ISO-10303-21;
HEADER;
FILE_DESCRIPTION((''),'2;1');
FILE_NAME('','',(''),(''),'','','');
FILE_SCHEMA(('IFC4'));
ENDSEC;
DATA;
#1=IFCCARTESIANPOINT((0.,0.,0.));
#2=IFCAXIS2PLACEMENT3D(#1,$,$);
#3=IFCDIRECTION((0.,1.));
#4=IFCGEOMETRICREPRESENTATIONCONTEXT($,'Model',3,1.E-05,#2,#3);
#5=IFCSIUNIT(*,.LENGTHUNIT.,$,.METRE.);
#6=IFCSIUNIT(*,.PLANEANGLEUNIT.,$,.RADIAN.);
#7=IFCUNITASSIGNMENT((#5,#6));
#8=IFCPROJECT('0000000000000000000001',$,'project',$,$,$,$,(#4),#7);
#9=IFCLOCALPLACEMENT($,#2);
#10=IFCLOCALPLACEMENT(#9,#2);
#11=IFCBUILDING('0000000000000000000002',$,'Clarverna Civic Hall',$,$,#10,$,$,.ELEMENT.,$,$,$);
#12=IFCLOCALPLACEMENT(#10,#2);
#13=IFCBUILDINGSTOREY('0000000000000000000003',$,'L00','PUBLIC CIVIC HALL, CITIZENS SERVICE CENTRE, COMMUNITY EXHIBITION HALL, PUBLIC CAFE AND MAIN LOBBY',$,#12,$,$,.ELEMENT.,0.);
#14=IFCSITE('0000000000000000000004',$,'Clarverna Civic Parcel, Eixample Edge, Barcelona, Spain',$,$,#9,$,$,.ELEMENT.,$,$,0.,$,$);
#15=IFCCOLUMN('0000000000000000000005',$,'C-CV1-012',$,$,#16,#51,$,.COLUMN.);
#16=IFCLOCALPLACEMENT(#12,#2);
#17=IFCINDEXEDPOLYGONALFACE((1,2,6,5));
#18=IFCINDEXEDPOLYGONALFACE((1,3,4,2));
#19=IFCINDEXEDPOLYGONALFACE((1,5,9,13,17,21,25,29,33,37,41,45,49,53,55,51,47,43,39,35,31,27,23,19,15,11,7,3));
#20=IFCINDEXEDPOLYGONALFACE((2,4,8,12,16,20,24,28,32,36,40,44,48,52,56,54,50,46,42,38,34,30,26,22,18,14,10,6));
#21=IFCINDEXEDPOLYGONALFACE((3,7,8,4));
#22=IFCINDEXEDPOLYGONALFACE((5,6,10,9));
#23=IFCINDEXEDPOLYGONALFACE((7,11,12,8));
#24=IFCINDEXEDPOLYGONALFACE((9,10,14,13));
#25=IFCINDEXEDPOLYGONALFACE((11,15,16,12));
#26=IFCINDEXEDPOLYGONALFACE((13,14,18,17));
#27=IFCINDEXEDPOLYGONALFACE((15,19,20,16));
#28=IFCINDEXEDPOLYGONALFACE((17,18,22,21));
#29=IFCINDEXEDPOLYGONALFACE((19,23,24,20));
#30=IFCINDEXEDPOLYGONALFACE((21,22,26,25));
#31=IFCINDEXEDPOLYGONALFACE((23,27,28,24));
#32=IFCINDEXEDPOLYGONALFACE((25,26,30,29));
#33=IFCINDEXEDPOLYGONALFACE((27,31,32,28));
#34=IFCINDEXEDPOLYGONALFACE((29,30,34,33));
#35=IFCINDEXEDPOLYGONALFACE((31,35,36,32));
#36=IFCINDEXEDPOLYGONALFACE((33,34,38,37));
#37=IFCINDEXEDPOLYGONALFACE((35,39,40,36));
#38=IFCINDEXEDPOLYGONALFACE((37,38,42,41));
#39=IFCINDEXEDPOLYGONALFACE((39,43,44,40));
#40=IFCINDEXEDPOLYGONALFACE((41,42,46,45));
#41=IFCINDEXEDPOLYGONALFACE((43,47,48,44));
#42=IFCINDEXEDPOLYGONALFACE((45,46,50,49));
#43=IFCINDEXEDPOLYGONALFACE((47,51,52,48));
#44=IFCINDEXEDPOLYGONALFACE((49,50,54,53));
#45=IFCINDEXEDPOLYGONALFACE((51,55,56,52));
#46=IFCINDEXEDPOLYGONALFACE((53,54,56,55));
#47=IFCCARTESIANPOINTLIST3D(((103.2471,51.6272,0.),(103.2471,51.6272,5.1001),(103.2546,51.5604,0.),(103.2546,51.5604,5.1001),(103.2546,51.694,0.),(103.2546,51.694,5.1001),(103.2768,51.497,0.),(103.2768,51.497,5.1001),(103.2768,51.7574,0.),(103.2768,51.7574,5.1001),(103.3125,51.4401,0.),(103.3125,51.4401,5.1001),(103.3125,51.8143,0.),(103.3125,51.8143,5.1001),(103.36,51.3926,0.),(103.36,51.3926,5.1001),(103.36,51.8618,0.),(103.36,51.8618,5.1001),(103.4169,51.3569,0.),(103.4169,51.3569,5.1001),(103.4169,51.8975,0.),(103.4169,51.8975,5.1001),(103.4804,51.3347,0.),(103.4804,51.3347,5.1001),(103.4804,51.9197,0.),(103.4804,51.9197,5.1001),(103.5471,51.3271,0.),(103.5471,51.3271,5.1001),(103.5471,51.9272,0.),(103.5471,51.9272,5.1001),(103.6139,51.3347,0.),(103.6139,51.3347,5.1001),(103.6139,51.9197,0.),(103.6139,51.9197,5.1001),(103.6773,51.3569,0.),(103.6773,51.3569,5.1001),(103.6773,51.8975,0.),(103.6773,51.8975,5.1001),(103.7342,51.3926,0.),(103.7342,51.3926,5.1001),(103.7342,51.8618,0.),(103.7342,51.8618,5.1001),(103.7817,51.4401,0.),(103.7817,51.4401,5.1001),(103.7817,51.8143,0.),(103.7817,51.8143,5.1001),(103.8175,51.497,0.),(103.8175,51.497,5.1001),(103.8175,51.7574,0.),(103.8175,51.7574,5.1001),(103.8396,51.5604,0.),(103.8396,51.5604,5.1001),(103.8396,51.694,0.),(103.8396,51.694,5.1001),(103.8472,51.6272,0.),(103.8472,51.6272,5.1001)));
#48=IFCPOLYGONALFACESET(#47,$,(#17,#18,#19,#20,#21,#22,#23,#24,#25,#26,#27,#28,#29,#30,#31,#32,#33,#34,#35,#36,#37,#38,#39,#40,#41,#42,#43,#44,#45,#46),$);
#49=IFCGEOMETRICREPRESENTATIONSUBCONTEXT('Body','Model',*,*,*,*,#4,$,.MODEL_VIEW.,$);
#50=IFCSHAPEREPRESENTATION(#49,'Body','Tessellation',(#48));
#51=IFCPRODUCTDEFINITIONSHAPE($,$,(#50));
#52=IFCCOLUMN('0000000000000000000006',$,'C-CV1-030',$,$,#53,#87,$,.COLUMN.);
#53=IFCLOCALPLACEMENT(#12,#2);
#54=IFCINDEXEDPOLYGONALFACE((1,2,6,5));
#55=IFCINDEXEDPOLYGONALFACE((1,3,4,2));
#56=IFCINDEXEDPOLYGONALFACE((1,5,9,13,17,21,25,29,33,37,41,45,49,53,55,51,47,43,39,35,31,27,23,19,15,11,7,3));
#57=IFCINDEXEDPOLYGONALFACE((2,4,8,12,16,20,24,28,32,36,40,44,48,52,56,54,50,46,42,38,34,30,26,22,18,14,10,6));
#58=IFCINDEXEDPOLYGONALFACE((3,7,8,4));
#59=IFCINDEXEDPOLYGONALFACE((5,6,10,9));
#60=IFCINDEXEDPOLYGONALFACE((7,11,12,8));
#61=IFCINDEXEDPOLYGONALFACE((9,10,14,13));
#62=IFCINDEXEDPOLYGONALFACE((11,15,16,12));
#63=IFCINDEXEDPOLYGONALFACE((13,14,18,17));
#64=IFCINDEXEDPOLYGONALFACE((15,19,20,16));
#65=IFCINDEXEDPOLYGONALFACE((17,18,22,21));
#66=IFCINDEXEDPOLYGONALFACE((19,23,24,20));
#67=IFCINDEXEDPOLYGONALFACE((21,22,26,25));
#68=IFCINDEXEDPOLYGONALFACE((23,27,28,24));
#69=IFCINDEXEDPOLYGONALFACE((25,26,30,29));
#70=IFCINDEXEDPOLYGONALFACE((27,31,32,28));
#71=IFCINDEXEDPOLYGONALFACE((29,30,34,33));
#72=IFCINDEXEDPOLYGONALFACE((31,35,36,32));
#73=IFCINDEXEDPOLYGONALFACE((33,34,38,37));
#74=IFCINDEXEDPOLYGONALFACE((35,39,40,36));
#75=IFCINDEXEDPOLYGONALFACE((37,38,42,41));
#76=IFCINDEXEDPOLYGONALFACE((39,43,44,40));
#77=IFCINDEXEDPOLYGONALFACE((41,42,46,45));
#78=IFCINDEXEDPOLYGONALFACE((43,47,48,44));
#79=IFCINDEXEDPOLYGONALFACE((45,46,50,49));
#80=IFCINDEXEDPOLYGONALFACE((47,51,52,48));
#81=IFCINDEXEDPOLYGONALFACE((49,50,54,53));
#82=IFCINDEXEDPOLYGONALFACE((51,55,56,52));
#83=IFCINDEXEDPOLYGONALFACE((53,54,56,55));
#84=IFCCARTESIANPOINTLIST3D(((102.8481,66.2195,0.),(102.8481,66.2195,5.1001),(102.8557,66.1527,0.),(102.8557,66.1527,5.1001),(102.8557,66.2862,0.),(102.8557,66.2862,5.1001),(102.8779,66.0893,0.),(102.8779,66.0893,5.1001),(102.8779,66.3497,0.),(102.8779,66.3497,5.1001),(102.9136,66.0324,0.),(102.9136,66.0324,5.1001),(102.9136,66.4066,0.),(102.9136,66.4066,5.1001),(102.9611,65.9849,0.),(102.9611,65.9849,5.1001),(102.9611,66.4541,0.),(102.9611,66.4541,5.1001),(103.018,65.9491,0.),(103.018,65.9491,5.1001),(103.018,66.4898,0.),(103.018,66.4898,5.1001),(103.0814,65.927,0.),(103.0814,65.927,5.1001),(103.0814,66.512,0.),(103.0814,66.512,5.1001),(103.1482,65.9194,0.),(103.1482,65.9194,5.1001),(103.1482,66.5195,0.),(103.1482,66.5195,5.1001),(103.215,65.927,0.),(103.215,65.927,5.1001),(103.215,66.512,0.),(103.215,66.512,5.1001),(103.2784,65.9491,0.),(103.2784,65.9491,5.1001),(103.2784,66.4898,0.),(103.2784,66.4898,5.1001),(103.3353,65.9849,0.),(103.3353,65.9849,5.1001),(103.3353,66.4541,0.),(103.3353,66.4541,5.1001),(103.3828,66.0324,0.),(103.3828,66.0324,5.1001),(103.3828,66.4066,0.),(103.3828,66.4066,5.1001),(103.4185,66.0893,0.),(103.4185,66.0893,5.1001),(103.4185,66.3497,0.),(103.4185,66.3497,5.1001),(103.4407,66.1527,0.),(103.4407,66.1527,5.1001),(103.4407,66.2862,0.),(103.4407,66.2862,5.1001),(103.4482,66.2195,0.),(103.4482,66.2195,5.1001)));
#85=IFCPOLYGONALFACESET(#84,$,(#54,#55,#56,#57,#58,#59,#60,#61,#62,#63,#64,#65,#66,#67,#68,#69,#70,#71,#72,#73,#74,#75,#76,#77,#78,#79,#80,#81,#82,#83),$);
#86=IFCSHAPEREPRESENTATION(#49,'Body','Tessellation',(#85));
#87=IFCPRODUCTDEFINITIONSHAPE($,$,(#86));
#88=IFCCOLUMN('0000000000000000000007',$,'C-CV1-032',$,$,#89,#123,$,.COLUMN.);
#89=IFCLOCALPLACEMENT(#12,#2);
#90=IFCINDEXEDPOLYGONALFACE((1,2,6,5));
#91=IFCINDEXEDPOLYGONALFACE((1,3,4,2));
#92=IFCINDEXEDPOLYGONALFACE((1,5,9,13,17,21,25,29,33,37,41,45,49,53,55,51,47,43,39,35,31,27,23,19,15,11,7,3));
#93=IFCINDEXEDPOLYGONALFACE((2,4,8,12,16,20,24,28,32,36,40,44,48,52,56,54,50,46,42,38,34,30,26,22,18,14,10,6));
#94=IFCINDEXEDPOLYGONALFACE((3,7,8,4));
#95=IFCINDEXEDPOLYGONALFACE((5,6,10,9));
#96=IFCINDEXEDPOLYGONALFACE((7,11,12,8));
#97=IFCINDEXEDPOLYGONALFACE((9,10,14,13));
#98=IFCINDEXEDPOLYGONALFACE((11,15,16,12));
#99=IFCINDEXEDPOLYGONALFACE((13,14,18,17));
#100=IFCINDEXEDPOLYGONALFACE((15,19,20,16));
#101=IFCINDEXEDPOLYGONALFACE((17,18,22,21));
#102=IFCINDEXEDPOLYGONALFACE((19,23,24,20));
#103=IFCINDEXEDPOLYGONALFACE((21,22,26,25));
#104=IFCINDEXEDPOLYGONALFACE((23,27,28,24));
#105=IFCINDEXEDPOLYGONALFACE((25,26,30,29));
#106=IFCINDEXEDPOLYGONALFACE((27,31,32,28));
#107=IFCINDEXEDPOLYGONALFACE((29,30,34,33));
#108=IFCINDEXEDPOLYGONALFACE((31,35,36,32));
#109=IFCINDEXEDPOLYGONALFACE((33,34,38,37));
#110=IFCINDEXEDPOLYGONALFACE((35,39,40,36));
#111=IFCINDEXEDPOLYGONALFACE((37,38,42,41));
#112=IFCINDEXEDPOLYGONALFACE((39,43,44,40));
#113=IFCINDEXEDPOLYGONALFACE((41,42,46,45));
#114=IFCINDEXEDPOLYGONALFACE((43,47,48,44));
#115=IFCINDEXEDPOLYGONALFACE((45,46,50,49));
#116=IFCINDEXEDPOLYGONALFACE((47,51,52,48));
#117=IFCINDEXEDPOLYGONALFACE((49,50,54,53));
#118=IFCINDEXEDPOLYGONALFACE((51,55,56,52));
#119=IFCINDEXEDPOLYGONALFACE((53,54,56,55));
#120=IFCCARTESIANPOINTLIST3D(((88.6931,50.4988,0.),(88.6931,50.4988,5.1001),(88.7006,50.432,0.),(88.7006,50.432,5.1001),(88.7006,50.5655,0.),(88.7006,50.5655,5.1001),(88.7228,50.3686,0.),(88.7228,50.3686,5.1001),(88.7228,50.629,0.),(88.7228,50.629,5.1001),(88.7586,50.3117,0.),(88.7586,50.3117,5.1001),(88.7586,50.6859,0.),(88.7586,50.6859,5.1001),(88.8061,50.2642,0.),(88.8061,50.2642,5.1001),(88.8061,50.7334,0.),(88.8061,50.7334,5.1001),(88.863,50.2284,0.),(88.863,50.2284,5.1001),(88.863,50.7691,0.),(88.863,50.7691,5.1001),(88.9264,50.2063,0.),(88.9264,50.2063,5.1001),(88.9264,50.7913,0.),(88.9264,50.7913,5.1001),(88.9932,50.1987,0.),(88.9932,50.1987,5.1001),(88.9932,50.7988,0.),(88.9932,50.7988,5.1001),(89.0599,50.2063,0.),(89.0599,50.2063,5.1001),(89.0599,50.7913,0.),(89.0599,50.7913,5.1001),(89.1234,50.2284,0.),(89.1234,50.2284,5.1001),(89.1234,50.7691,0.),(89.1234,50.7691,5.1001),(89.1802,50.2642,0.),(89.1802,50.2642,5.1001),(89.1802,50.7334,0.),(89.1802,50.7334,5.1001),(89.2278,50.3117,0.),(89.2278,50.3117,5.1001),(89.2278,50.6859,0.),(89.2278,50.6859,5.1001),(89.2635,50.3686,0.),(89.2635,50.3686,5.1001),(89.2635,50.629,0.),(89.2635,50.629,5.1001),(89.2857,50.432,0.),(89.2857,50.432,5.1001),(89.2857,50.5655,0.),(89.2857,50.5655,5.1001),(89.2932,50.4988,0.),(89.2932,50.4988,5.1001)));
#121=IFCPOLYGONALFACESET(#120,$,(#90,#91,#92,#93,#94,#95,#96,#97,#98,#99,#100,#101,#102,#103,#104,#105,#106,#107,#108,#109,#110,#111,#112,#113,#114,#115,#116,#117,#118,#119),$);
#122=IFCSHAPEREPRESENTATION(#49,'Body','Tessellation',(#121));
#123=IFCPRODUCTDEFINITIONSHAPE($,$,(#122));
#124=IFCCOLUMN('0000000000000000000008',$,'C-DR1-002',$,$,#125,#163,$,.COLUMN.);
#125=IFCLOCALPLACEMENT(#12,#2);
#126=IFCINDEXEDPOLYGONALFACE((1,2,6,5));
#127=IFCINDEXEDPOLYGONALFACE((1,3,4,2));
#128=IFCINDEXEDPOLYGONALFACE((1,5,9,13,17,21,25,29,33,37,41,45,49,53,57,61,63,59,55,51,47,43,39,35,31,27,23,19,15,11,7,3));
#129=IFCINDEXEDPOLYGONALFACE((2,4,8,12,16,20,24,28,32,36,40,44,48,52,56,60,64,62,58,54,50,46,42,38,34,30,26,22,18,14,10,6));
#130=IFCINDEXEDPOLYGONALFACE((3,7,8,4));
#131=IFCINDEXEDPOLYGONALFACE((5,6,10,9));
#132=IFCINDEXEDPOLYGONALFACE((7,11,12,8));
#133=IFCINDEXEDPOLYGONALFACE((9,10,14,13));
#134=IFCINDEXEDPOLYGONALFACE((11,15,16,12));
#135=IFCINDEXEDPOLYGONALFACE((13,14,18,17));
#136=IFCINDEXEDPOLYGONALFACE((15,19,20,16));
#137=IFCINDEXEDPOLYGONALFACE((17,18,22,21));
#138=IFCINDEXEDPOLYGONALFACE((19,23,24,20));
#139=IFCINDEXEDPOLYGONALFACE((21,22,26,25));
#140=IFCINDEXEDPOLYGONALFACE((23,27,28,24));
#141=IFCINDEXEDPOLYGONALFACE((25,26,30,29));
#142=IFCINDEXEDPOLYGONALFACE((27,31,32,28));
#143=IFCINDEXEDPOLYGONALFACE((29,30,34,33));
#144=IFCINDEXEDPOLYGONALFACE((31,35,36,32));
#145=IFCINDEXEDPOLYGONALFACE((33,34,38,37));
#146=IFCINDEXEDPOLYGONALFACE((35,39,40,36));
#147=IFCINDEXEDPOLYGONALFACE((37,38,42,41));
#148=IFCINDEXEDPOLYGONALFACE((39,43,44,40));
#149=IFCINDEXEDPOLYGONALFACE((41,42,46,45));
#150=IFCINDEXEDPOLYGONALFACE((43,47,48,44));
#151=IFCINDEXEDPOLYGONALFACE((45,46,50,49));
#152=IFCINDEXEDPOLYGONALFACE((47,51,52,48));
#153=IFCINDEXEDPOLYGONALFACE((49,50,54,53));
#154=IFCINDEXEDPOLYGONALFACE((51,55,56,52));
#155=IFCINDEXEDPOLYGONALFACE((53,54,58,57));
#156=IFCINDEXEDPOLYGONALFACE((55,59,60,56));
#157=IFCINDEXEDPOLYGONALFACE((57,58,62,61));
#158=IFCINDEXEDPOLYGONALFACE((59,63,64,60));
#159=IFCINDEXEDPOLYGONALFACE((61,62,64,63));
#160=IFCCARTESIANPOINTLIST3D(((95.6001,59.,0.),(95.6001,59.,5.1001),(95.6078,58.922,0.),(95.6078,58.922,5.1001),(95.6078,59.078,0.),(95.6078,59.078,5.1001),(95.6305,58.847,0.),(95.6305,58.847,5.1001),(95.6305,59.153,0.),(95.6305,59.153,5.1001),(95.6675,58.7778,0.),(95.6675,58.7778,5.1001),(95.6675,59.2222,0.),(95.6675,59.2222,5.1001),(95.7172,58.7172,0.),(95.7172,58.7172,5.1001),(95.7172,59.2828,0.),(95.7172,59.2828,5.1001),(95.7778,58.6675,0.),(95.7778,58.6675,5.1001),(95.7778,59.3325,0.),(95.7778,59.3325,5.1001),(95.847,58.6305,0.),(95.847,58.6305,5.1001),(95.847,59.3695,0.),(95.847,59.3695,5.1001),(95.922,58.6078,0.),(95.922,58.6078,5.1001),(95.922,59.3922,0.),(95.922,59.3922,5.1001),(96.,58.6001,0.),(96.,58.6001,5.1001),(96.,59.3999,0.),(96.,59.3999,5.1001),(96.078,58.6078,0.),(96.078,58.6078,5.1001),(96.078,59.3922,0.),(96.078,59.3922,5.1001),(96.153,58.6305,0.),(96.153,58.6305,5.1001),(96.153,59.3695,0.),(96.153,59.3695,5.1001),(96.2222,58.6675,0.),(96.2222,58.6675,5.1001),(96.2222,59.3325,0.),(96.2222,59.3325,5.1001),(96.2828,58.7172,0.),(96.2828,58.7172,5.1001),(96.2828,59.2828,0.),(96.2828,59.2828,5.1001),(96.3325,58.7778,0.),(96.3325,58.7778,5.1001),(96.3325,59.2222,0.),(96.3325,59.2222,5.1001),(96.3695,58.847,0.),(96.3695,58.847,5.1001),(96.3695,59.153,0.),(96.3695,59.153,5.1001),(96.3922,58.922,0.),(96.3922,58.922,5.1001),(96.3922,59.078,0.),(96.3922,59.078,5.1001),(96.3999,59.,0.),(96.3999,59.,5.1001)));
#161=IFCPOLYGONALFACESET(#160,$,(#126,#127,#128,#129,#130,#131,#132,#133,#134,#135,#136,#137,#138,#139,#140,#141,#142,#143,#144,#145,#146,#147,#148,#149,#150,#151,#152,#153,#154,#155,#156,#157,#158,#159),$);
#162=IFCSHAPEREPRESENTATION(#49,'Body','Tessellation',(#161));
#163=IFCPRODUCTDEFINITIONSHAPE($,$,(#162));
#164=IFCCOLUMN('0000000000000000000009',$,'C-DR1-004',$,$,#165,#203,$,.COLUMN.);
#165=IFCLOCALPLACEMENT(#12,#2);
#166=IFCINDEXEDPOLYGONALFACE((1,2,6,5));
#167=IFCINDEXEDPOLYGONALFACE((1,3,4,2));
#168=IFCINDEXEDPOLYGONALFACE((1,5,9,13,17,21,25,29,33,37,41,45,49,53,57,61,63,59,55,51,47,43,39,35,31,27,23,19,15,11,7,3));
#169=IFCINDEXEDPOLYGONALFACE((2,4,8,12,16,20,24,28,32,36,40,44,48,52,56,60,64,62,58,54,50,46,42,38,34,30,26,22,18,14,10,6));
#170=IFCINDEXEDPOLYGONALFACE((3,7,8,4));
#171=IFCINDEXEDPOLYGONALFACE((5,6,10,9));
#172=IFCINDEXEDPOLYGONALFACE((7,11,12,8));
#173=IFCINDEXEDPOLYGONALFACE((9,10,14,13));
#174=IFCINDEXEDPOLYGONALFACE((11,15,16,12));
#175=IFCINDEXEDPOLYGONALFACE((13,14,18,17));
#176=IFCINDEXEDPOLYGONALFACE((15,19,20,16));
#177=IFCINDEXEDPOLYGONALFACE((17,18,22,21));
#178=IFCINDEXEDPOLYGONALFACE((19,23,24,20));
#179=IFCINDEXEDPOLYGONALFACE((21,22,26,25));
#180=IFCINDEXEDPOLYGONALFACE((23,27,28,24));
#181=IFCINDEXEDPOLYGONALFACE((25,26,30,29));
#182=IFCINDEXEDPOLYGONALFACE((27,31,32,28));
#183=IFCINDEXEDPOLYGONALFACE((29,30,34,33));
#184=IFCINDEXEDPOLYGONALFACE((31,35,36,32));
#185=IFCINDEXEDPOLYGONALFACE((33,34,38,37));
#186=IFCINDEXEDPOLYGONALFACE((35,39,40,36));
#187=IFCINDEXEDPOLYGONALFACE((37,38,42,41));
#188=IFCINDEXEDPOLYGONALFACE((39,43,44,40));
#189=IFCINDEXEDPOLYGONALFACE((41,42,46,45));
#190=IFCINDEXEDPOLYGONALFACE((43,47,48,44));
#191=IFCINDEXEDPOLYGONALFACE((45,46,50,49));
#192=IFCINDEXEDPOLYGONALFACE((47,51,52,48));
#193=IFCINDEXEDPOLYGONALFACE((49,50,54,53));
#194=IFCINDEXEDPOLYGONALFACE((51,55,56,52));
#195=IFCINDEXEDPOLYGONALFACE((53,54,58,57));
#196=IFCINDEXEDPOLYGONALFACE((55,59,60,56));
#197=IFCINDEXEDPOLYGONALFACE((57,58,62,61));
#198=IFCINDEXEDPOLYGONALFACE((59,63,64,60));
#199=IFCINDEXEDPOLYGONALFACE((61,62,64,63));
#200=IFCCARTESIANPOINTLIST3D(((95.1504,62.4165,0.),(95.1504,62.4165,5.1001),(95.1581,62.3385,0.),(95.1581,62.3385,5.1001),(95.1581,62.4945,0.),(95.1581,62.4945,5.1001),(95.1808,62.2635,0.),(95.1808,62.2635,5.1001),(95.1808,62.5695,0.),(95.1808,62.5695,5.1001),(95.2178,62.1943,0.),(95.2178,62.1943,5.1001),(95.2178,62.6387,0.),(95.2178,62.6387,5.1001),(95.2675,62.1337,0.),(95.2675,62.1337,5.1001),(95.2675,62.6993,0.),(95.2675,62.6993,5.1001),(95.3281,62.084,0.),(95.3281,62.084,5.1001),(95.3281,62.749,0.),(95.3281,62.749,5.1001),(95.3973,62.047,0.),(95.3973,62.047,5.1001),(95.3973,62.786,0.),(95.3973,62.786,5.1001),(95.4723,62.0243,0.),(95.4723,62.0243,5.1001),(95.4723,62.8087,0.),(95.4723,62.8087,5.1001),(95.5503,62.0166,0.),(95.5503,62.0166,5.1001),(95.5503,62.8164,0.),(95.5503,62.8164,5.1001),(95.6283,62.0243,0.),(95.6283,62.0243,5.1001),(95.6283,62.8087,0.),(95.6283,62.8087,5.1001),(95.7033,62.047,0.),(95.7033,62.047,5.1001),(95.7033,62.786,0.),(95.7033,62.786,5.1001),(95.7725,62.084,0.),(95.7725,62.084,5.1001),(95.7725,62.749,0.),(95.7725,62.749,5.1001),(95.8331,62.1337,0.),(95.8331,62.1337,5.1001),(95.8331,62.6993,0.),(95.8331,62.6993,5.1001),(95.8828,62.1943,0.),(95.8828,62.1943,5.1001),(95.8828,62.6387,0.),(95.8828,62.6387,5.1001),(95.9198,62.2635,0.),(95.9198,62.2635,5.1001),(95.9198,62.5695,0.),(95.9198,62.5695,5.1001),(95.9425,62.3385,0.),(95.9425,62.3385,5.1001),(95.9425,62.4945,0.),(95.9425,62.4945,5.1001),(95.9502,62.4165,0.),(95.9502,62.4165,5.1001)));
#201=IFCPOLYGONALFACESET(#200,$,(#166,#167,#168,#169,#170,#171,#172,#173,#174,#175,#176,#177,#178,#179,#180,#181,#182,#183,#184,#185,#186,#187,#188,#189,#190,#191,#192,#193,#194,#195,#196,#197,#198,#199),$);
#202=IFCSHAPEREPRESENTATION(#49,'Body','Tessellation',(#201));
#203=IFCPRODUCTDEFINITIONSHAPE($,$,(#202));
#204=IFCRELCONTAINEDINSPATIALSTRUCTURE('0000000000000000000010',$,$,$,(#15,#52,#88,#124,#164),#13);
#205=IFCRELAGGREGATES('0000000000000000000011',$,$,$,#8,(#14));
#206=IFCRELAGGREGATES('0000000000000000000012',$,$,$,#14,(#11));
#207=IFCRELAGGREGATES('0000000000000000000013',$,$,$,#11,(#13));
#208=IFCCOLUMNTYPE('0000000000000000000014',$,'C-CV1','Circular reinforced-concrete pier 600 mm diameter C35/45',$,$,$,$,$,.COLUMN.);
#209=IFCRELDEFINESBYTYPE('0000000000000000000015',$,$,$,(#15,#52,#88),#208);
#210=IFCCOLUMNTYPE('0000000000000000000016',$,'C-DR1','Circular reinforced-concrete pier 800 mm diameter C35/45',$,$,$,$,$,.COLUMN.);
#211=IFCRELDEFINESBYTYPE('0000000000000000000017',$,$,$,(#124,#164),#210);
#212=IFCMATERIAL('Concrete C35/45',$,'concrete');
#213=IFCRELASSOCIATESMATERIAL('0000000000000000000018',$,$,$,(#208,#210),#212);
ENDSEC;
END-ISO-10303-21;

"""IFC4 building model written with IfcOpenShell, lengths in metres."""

from ifc_helpers import new_model, si_unit, direction, frame, origin, origin_2d, place, context, subcontext, project, spatial, circle, extrude, material, material_profile, profile_set, type_object, element, save


model = new_model("IFC4")

# Units and contexts
model_context = context("Model", 3, precision=1e-05, world=origin(), true_north=direction((0.0, 1.0)))
body_context = subcontext(model_context, "Body", "Model", "MODEL_VIEW")
ifc_project = project(units=[si_unit("LENGTHUNIT", "METRE"), si_unit("PLANEANGLEUNIT", "RADIAN")], contexts=[model_context])

# Site, building, storey
site_placement = place(None, origin())
site = spatial("IfcSite", under=ifc_project, at=site_placement, Name="Clarverna Civic Parcel, Eixample Edge, Barcelona, Spain", CompositionType="ELEMENT", RefElevation=0.0)
building_placement = place(site_placement, origin())
building = spatial("IfcBuilding", under=site, at=building_placement, Name="Clarverna Civic Hall", CompositionType="ELEMENT")
storey_placement = place(building_placement, origin())
storey = spatial("IfcBuildingStorey", under=building, at=storey_placement, Name="L00", Description="PUBLIC CIVIC HALL, CITIZENS SERVICE CENTRE, COMMUNITY EXHIBITION HALL, PUBLIC CAFE AND MAIN LOBBY", CompositionType="ELEMENT", Elevation=0.0)

# Columns
ifc_material_1 = material(Name="Concrete C35/45", Category="concrete")
ifc_material_profile_1 = material_profile(ifc_material_1, circle(Radius=0.3, at=origin_2d()), Name="RC D600")
ifc_profile_set_1 = profile_set([ifc_material_profile_1], Name="Concrete C35/45")
column_type_1 = type_object("IfcColumnType", Name="C-CV1", Description="Circular reinforced-concrete pier 600 mm diameter C35/45", PredefinedType="COLUMN", material=ifc_profile_set_1)
for number, where, z_axis, x_axis, name in (
    (1, (103.5471, 51.6272, 0.0), (0.0, 0.0, 1.0), (1.0, 0.0, 0.0), "C-CV1-012"),
    (2, (103.1482, 66.2195, 0.0), (0.0, 0.0, 1.0), (1.0, 0.0, 0.0), "C-CV1-030"),
    (3, (88.9932, 50.4988, 0.0), (0.0, 0.0, 1.0), (1.0, 0.0, 0.0), "C-CV1-032"),
):
    element("IfcColumn", number, at=place(storey_placement, frame(where, z_axis=z_axis, x_axis=x_axis)), inside=storey, type_object=column_type_1, Name=name, PredefinedType="COLUMN", context=body_context, shape_type="SweptSolid", body=[
        extrude(circle(Radius=0.3, at=origin_2d()), origin(), (0.0, 0.0, 1.0), 5.1001),
    ])
ifc_material_profile_2 = material_profile(ifc_material_1, circle(Radius=0.3999, at=origin_2d()), Name="RC D800")
ifc_profile_set_2 = profile_set([ifc_material_profile_2], Name="Concrete C35/45")
column_type_2 = type_object("IfcColumnType", Name="C-DR1", Description="Circular reinforced-concrete pier 800 mm diameter C35/45", PredefinedType="COLUMN", material=ifc_profile_set_2)
for number, where, z_axis, x_axis, name in (
    (4, (96.0, 59.0, 0.0), (0.0, 0.0, 1.0), (1.0, 0.0, 0.0), "C-DR1-002"),
    (5, (95.5503, 62.4165, 0.0), (0.0, 0.0, 1.0), (1.0, 0.0, 0.0), "C-DR1-004"),
):
    element("IfcColumn", number, at=place(storey_placement, frame(where, z_axis=z_axis, x_axis=x_axis)), inside=storey, type_object=column_type_2, Name=name, PredefinedType="COLUMN", context=body_context, shape_type="SweptSolid", body=[
        extrude(circle(Radius=0.3999, at=origin_2d()), origin(), (0.0, 0.0, 1.0), 5.1001),
    ])

save(model, "model.ifc")
